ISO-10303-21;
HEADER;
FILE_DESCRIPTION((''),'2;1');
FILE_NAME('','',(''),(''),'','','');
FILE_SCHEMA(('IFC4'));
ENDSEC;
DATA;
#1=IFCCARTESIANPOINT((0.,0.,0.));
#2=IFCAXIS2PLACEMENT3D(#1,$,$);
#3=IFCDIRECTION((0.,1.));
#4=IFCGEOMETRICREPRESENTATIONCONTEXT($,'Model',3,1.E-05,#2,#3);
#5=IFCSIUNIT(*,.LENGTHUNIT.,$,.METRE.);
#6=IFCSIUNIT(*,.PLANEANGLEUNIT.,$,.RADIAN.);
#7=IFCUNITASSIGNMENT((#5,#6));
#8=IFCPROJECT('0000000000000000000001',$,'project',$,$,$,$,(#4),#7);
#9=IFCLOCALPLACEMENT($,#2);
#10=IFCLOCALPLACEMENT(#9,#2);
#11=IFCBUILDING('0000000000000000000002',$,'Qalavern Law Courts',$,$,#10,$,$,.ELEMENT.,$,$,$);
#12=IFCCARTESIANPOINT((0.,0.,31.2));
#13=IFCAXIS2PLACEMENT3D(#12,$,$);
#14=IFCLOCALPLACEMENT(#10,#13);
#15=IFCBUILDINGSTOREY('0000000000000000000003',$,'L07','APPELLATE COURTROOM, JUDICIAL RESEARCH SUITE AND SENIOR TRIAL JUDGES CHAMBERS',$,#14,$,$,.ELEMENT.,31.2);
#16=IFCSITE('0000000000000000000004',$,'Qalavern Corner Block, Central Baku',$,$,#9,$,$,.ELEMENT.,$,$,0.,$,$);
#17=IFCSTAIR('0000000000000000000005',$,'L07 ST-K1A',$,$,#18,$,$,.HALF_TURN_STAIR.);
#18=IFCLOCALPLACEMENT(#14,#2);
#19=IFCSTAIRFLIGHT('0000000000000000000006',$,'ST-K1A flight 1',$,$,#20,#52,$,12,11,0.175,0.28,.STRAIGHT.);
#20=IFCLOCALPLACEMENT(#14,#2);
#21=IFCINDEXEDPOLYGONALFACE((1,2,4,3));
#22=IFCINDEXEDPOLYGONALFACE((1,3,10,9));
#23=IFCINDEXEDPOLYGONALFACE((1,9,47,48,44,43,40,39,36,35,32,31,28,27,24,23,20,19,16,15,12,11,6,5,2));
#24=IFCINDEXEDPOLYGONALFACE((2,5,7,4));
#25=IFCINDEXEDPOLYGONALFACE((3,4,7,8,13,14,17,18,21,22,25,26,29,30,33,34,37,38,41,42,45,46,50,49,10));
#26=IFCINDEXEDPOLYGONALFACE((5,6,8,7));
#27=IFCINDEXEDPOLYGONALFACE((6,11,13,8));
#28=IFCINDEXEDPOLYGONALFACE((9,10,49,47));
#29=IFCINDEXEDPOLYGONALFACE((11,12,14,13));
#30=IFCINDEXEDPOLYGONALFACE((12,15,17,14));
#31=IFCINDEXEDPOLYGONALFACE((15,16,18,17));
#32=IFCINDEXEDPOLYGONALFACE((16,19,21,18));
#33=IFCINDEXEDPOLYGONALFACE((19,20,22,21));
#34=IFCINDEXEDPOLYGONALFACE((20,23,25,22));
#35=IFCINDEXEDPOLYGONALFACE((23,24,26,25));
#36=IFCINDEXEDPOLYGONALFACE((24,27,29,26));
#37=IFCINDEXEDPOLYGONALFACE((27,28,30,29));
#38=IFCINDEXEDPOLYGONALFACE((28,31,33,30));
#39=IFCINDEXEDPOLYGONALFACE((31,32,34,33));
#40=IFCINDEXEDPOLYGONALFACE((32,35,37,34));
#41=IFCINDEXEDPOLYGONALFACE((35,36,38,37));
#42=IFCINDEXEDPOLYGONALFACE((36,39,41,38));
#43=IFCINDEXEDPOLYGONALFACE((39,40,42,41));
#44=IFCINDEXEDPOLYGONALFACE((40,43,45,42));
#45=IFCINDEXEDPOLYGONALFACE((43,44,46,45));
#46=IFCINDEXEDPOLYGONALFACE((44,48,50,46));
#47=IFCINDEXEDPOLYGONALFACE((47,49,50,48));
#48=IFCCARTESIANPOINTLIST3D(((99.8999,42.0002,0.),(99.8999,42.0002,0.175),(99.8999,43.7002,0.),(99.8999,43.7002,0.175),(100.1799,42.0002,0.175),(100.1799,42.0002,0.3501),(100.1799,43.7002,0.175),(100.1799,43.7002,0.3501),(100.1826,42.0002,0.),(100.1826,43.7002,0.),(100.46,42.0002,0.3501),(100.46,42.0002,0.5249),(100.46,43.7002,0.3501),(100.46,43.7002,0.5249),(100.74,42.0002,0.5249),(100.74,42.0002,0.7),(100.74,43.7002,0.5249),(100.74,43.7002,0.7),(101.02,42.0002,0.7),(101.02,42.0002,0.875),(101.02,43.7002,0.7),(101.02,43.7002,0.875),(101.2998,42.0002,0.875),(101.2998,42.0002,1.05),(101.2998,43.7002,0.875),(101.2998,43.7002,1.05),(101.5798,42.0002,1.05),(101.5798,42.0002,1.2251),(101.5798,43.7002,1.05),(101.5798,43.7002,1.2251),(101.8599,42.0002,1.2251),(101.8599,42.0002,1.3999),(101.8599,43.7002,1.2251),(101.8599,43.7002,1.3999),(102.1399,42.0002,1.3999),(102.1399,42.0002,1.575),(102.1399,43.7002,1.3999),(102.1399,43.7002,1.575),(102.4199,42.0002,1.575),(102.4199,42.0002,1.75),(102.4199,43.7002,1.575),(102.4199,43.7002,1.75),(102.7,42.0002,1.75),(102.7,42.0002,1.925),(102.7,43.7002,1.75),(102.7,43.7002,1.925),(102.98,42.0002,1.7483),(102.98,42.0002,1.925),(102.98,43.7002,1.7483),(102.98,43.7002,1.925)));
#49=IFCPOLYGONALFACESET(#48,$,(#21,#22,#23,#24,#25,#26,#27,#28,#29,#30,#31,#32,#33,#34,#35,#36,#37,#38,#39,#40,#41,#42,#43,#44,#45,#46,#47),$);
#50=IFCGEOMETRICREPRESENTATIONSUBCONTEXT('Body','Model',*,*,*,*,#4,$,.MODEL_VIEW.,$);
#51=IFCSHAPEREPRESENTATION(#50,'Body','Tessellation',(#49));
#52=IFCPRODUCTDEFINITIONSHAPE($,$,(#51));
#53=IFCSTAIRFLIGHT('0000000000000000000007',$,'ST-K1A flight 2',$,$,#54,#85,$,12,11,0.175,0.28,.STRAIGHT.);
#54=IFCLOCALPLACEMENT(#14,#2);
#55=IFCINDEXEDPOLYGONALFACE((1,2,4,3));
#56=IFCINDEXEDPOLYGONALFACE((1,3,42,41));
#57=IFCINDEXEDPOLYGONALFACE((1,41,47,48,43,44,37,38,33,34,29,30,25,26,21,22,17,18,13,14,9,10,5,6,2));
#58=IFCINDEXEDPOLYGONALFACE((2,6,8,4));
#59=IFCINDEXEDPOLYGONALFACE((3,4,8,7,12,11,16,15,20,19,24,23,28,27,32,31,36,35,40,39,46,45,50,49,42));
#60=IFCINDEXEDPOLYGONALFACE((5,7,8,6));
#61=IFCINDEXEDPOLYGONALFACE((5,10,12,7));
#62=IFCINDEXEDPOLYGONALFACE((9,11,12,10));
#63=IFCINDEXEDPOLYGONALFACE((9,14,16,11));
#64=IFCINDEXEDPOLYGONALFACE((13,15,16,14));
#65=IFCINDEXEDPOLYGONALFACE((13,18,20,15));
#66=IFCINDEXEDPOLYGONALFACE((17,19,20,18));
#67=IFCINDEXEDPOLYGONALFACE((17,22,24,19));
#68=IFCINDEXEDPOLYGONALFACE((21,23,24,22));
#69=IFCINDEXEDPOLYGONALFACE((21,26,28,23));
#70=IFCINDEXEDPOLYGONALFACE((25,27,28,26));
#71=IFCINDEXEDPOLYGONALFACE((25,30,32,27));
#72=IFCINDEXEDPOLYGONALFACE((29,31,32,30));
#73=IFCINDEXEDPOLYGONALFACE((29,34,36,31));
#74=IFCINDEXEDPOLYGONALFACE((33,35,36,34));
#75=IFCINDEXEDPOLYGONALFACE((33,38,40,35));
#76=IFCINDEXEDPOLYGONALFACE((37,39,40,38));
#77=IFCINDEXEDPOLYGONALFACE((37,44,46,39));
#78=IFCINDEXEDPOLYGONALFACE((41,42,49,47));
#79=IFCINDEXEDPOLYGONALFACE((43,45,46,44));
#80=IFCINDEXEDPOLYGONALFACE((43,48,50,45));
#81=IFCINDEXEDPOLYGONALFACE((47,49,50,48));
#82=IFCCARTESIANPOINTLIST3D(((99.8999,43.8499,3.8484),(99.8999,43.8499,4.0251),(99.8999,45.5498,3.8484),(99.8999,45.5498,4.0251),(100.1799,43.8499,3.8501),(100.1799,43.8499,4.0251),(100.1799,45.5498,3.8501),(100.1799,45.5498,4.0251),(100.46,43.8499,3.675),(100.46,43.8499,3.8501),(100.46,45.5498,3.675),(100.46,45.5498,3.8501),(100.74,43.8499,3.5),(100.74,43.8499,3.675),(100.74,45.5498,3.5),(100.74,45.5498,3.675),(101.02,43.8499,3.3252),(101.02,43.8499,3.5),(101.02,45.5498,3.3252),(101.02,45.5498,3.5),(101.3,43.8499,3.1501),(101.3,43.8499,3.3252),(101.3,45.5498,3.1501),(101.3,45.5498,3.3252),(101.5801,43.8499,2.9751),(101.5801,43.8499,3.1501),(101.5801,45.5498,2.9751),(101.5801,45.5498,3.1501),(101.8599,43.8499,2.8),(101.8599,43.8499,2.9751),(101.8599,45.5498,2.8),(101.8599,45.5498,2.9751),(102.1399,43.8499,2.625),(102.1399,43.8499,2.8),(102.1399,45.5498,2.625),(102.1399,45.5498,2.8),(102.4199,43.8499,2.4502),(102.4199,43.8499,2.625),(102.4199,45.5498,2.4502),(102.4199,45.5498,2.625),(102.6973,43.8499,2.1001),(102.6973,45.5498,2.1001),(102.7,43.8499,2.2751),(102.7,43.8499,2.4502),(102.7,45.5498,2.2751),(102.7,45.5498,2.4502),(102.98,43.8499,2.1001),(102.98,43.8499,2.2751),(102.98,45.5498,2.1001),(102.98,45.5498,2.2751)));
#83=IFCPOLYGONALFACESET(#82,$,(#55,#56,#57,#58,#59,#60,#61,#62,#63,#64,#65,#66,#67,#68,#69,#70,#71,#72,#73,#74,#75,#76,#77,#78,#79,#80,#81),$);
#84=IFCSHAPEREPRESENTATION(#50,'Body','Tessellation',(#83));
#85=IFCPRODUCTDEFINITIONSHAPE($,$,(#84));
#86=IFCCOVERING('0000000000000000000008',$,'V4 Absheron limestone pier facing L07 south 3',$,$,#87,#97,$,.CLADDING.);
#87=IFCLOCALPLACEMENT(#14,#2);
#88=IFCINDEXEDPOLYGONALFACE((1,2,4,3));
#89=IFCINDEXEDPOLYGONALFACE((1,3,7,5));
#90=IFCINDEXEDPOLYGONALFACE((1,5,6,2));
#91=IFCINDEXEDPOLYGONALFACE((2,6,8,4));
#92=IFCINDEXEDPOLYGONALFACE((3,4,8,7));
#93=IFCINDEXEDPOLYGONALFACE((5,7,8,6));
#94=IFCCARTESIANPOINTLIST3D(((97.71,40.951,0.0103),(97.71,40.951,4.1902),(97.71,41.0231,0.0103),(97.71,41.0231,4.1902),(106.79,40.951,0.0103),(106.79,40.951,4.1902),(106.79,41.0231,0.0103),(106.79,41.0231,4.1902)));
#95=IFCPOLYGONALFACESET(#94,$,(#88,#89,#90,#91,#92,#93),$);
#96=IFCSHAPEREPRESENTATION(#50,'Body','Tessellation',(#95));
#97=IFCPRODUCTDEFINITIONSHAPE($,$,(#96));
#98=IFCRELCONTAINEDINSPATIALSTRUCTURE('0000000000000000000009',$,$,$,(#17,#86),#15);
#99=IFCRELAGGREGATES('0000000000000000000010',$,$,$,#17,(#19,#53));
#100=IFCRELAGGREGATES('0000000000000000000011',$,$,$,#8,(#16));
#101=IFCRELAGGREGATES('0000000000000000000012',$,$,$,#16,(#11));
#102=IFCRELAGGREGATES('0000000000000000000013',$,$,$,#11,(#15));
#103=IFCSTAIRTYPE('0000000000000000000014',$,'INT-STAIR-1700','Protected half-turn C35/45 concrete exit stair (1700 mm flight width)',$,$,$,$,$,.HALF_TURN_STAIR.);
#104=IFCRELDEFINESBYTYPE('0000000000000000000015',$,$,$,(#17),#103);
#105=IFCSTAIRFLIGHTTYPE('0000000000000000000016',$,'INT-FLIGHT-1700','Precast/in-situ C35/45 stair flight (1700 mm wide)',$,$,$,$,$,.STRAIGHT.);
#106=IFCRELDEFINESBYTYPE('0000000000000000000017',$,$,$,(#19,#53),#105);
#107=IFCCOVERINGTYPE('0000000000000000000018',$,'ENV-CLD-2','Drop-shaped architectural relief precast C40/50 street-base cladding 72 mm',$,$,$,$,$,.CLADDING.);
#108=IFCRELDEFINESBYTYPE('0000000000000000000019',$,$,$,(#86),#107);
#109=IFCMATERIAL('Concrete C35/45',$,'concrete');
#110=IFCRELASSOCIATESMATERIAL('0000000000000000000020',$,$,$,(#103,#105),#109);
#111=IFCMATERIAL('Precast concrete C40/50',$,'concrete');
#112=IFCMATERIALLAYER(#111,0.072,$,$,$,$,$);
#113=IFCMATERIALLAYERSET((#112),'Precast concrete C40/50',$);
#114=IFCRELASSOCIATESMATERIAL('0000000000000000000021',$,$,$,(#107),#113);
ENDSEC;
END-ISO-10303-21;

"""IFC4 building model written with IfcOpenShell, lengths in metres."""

from ifc_helpers import new_model, si_unit, direction, frame, origin, origin_2d, place, context, subcontext, project, spatial, polyline, rectangle, outline, extrude, material, layer, layer_set, type_object, element, aggregate, save


model = new_model("IFC4")

# Units and contexts
model_context = context("Model", 3, precision=1e-05, world=origin(), true_north=direction((0.0, 1.0)))
body_context = subcontext(model_context, "Body", "Model", "MODEL_VIEW")
ifc_project = project(units=[si_unit("LENGTHUNIT", "METRE"), si_unit("PLANEANGLEUNIT", "RADIAN")], contexts=[model_context])

# Site, building, storey
site_placement = place(None, origin())
site = spatial("IfcSite", under=ifc_project, at=site_placement, Name="Qalavern Corner Block, Central Baku", CompositionType="ELEMENT", RefElevation=0.0)
building_placement = place(site_placement, origin())
building = spatial("IfcBuilding", under=site, at=building_placement, Name="Qalavern Law Courts", CompositionType="ELEMENT")
storey_placement = place(building_placement, frame((0.0, 0.0, 31.2)))
storey = spatial("IfcBuildingStorey", under=building, at=storey_placement, Name="L07", Description="APPELLATE COURTROOM, JUDICIAL RESEARCH SUITE AND SENIOR TRIAL JUDGES CHAMBERS", CompositionType="ELEMENT", Elevation=31.2)

# Stair, stair flights
ifc_material_1 = material(Name="Concrete C35/45", Category="concrete")
stair_type = type_object("IfcStairType", Name="INT-STAIR-1700", Description="Protected half-turn C35/45 concrete exit stair (1700 mm flight width)", PredefinedType="HALF_TURN_STAIR", material=ifc_material_1)
stair_placement = place(storey_placement, origin())
stair = element("IfcStair", 1, at=stair_placement, inside=storey, type_object=stair_type, Name="L07 ST-K1A", PredefinedType="HALF_TURN_STAIR")
stair_flight_type = type_object("IfcStairFlightType", Name="INT-FLIGHT-1700", Description="Precast/in-situ C35/45 stair flight (1700 mm wide)", PredefinedType="STRAIGHT", material=ifc_material_1)
stair_flight_1_placement = place(storey_placement, frame((99.8999, 42.8501, 0.0), z_axis=(0.0, 0.0, 1.0), x_axis=(1.0, 0.0, 0.0)))
stair_flight_1 = element("IfcStairFlight", 2, at=stair_flight_1_placement, type_object=stair_flight_type, Name="ST-K1A flight 1", NumberOfRisers=12, NumberOfTreads=11, PredefinedType="STRAIGHT", RiserHeight=0.175, TreadLength=0.28, context=body_context, shape_type="SweptSolid", body=[
    extrude(outline(polyline([(0.0, 0.0), (0.0, 0.175), (0.28, 0.175), (0.28, 0.3501), (0.5601, 0.3501), (0.5601, 0.5249), (0.8401, 0.5249), (0.8401, 0.7), (1.1201, 0.7), (1.1201, 0.875), (1.3999, 0.875), (1.3999, 1.05), (1.6799, 1.05), (1.6799, 1.2251), (1.96, 1.2251), (1.96, 1.3999), (2.24, 1.3999), (2.24, 1.575), (2.52, 1.575), (2.52, 1.75), (2.8, 1.75), (2.8, 1.925), (3.0801, 1.925), (3.0801, 2.1001), (3.0801, 1.7483), (0.2827, 0.0), (0.0, 0.0)])), frame((0.0, 0.8501, 0.0), z_axis=(0.0, -1.0, 0.0), x_axis=(1.0, 0.0, 0.0)), (0.0, 0.0, 1.0), 1.7),
])
stair_flight_2_placement = place(storey_placement, frame((102.98, 44.7, 2.1001), z_axis=(0.0, 0.0, 1.0), x_axis=(-1.0, 0.0, 0.0)))
stair_flight_2 = element("IfcStairFlight", 3, at=stair_flight_2_placement, type_object=stair_flight_type, Name="ST-K1A flight 2", NumberOfRisers=12, NumberOfTreads=11, PredefinedType="STRAIGHT", RiserHeight=0.175, TreadLength=0.28, context=body_context, shape_type="SweptSolid", body=[
    extrude(outline(polyline([(0.0, 0.0), (0.0, 0.175), (0.28, 0.175), (0.28, 0.3501), (0.5601, 0.3501), (0.5601, 0.5249), (0.8401, 0.5249), (0.8401, 0.7), (1.1201, 0.7), (1.1201, 0.875), (1.3999, 0.875), (1.3999, 1.05), (1.6799, 1.05), (1.6799, 1.2251), (1.96, 1.2251), (1.96, 1.3999), (2.24, 1.3999), (2.24, 1.575), (2.52, 1.575), (2.52, 1.75), (2.8, 1.75), (2.8, 1.925), (3.0801, 1.925), (3.0801, 2.1001), (3.0801, 1.7483), (0.2827, 0.0), (0.0, 0.0)])), frame((0.0, 0.8501, 0.0), z_axis=(0.0, -1.0, 0.0), x_axis=(1.0, 0.0, 0.0)), (0.0, 0.0, 1.0), 1.7),
])
aggregate(stair, [stair_flight_1, stair_flight_2])

# Covering
ifc_material_2 = material(Name="Precast concrete C40/50", Category="concrete")
ifc_layer_1 = layer(ifc_material_2, 0.072)
ifc_layer_set_1 = layer_set([ifc_layer_1], Name="Precast concrete C40/50")
covering_type = type_object("IfcCoveringType", Name="ENV-CLD-2", Description="Drop-shaped architectural relief precast C40/50 street-base cladding 72 mm", PredefinedType="CLADDING", material=ifc_layer_set_1)
covering_placement = place(storey_placement, frame((102.25, 40.9871, 0.0103), z_axis=(0.0, 0.0, 1.0), x_axis=(1.0, 0.0, 0.0)))
element("IfcCovering", 4, at=covering_placement, inside=storey, type_object=covering_type, Name="V4 Absheron limestone pier facing L07 south 3", PredefinedType="CLADDING", context=body_context, shape_type="SweptSolid", body=[
    extrude(rectangle(XDim=9.0801, YDim=0.072, at=origin_2d()), origin(), (0.0, 0.0, 1.0), 4.1799),
])

save(model, "model.ifc")
